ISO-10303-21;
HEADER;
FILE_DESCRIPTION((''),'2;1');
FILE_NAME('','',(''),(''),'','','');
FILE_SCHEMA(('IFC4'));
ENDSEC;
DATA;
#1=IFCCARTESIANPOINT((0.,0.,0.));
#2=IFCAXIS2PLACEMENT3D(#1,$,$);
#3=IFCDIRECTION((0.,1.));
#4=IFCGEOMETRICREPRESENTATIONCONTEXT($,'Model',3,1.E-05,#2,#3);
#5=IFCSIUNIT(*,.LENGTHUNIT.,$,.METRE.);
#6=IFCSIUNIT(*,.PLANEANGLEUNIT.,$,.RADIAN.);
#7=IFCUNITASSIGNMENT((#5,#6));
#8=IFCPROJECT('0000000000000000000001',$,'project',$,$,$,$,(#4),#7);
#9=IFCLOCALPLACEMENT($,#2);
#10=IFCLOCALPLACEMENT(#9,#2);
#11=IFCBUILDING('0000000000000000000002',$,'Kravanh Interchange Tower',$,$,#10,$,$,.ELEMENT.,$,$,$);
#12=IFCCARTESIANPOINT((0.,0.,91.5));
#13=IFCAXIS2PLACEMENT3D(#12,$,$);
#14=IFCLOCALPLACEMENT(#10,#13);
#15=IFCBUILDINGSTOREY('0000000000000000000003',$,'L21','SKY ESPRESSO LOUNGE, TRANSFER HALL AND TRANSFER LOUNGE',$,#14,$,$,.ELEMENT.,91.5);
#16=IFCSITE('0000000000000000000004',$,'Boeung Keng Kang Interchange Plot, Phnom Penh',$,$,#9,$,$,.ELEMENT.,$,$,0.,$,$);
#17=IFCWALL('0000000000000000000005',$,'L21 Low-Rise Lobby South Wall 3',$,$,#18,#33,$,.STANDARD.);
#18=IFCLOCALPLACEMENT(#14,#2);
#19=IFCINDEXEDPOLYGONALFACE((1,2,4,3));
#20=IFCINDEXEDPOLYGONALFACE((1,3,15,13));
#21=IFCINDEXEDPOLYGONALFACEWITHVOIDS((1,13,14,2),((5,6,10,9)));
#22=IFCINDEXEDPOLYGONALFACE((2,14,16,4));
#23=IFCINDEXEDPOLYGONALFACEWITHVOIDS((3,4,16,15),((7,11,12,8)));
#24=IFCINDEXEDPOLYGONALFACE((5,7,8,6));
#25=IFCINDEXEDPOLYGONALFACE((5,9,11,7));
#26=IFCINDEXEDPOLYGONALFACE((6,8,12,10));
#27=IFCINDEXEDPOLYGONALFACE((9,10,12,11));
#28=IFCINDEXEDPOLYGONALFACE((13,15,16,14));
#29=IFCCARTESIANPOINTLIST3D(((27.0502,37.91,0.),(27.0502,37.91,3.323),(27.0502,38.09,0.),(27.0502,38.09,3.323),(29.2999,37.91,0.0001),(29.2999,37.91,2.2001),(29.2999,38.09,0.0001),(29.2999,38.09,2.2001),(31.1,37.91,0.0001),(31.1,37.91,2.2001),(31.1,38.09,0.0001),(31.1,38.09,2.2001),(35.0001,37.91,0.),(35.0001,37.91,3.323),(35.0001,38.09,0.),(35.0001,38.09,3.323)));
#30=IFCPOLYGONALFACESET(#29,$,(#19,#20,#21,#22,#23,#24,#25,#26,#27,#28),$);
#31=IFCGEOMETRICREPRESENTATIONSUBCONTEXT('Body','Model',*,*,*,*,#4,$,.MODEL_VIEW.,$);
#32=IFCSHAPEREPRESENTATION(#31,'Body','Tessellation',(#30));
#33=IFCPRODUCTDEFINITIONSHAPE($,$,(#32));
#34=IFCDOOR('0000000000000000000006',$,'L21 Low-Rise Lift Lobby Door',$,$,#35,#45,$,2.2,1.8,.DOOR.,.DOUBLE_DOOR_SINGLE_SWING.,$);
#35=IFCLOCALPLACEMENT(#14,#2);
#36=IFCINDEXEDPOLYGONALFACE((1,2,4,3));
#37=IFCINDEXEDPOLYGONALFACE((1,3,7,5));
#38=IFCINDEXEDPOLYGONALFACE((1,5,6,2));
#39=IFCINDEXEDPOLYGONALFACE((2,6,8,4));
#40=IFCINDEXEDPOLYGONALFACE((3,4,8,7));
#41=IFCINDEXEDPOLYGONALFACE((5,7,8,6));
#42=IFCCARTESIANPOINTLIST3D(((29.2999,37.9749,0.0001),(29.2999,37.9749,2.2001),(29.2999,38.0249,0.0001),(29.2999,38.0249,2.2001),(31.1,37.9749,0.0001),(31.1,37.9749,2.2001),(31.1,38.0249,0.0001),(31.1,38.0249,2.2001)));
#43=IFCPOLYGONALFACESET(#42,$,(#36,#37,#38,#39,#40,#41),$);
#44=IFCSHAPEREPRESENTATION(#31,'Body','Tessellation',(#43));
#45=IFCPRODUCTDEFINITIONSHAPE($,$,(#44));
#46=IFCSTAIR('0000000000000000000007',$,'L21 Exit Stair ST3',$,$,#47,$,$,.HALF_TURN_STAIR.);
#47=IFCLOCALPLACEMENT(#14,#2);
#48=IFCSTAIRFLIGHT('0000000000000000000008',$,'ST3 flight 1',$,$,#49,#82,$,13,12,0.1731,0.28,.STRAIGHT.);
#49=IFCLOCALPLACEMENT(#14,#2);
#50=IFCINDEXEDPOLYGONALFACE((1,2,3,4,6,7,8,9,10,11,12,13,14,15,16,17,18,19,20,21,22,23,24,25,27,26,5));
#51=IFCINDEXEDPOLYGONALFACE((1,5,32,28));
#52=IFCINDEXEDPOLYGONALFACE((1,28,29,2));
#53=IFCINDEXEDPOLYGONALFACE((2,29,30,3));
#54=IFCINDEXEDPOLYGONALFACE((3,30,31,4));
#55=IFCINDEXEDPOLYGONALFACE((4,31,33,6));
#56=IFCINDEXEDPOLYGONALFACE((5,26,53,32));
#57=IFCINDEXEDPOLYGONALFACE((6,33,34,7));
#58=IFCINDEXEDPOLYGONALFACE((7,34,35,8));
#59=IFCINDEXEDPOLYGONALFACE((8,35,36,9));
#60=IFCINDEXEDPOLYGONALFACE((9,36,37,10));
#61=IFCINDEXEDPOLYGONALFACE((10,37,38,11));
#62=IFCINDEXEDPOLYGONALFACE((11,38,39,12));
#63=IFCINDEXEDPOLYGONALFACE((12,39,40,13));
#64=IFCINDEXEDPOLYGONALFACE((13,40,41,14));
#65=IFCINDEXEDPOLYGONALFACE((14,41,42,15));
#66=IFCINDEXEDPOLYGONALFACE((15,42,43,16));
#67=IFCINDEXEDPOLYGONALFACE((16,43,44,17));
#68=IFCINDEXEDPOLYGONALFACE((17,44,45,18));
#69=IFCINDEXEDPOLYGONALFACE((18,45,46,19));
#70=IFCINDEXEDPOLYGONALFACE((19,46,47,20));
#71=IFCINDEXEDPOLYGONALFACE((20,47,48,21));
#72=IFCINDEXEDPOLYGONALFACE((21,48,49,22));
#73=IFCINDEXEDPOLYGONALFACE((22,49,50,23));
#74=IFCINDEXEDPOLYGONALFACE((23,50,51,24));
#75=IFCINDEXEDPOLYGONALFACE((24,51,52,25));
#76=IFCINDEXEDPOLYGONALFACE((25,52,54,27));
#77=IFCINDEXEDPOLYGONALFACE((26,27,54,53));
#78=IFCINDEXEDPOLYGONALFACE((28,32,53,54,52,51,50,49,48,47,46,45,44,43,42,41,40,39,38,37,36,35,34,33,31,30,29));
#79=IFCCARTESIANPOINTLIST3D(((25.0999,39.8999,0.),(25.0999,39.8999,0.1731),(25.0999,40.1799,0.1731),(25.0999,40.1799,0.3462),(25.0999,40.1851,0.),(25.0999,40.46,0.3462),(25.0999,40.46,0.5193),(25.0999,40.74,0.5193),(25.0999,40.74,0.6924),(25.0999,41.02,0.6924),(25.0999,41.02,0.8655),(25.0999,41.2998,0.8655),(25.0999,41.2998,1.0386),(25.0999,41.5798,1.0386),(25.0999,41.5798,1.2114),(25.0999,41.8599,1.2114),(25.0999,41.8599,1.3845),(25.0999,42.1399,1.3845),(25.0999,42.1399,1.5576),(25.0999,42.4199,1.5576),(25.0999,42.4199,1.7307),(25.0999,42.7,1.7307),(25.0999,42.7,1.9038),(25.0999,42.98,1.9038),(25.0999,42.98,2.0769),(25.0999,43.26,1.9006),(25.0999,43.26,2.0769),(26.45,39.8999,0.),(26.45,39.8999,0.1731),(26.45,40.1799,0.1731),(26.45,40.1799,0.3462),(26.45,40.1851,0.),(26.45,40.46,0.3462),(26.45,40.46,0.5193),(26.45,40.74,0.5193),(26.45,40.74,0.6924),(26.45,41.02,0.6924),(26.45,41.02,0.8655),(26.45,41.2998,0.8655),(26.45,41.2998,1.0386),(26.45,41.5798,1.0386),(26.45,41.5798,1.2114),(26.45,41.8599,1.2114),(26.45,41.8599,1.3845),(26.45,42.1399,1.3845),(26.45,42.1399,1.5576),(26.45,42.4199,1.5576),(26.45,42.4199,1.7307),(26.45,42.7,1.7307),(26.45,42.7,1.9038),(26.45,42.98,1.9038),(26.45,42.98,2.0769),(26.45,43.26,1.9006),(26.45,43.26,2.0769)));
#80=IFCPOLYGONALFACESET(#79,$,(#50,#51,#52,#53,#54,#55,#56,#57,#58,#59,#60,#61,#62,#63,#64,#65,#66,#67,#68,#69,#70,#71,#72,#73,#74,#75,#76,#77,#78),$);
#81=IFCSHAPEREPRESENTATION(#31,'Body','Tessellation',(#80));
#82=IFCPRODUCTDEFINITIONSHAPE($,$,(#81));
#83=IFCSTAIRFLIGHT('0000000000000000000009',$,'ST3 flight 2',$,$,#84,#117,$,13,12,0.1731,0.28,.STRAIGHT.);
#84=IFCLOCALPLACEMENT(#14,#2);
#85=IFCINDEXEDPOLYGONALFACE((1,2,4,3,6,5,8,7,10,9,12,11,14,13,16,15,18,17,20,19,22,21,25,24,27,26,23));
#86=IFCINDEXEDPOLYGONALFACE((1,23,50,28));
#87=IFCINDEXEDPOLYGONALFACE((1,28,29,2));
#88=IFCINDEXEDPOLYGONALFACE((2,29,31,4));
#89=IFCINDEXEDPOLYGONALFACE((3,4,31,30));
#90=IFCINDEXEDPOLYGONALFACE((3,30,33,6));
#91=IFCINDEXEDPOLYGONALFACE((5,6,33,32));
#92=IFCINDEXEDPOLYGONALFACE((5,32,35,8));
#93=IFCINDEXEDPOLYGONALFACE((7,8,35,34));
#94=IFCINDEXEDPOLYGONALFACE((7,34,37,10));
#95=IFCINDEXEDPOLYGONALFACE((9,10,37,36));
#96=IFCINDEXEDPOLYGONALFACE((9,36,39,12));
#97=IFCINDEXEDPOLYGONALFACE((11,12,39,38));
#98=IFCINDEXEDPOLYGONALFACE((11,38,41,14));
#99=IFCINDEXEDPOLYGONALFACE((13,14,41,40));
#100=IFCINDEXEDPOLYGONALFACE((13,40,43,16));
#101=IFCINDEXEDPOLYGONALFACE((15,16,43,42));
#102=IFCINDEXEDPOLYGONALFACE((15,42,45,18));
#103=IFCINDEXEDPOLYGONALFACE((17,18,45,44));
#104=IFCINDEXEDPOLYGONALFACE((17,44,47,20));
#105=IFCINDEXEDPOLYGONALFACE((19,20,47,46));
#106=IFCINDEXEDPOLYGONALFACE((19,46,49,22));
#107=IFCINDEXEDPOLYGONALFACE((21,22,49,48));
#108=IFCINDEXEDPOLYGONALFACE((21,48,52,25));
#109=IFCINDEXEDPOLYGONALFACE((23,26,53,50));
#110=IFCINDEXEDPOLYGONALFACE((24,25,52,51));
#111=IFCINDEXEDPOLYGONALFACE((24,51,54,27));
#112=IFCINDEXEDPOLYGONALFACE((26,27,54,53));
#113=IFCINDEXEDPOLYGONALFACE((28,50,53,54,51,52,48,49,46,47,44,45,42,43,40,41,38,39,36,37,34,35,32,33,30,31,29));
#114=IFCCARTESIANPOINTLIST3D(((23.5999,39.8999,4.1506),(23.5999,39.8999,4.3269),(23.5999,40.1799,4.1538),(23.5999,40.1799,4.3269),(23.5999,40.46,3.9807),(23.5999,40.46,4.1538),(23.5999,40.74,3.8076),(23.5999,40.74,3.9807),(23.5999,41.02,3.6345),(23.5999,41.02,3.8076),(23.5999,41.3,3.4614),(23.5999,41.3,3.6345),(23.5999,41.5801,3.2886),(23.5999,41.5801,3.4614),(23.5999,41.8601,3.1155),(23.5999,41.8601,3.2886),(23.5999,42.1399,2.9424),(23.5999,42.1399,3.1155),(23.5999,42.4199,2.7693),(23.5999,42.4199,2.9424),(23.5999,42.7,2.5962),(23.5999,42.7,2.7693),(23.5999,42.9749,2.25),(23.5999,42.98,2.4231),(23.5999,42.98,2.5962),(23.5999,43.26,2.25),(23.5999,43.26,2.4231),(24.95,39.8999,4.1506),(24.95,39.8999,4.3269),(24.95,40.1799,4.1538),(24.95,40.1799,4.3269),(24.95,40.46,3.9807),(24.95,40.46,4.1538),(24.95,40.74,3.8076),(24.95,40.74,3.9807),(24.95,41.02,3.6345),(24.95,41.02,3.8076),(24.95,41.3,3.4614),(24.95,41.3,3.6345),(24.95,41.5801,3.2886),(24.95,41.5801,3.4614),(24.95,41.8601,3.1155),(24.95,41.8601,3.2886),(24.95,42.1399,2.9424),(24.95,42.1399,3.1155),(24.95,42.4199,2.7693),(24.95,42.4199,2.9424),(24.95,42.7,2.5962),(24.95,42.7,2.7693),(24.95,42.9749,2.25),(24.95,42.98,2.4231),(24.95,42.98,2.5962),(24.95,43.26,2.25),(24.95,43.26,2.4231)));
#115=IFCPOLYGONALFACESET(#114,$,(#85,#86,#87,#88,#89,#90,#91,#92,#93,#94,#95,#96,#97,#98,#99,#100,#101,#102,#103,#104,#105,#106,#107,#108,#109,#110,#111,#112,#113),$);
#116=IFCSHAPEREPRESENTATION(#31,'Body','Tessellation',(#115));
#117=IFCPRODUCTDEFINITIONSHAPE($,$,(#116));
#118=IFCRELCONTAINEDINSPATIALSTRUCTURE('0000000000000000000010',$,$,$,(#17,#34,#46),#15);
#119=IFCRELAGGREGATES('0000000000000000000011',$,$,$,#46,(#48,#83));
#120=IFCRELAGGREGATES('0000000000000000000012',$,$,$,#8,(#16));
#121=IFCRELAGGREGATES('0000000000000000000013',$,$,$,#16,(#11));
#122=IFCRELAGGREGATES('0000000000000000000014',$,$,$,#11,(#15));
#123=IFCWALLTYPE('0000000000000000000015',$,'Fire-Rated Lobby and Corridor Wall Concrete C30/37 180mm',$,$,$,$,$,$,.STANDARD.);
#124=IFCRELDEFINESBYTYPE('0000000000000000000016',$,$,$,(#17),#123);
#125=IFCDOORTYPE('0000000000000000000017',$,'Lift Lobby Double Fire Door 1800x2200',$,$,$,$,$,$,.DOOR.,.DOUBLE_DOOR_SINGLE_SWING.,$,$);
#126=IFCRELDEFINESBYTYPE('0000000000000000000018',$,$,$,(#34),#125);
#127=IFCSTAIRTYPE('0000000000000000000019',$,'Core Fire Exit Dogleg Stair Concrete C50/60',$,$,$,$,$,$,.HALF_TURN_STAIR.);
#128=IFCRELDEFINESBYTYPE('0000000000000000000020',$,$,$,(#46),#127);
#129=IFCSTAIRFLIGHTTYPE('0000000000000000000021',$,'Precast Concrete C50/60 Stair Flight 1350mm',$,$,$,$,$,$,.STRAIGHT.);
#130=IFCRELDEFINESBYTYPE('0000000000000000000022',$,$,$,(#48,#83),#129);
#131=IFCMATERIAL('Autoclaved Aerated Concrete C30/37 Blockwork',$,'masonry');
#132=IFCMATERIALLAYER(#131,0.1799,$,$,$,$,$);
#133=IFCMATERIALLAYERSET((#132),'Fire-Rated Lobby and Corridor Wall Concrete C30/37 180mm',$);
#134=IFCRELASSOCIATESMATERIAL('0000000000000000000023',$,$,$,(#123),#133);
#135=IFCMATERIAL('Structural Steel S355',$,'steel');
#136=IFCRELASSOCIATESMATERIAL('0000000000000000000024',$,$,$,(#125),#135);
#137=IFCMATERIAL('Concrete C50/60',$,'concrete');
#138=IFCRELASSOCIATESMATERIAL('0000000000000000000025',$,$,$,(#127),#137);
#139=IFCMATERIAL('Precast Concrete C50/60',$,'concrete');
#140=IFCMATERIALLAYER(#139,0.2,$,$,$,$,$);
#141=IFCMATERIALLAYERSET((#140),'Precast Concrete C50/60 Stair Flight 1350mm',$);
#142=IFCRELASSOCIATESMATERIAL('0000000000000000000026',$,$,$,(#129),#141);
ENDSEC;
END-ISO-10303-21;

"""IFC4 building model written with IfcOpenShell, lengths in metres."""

from ifc_helpers import new_model, si_unit, direction, frame, frame_2d, origin, place, context, subcontext, project, spatial, polyline, rectangle, outline, extrude, material, layer, layer_set, type_object, element, fill, aggregate, save


model = new_model("IFC4")

# Units and contexts
model_context = context("Model", 3, precision=1e-05, world=origin(), true_north=direction((0.0, 1.0)))
body_context = subcontext(model_context, "Body", "Model", "MODEL_VIEW")
ifc_project = project(units=[si_unit("LENGTHUNIT", "METRE"), si_unit("PLANEANGLEUNIT", "RADIAN")], contexts=[model_context])

# Site, building, storey
site_placement = place(None, origin())
site = spatial("IfcSite", under=ifc_project, at=site_placement, Name="Boeung Keng Kang Interchange Plot, Phnom Penh", CompositionType="ELEMENT", RefElevation=0.0)
building_placement = place(site_placement, origin())
building = spatial("IfcBuilding", under=site, at=building_placement, Name="Kravanh Interchange Tower", CompositionType="ELEMENT")
storey_placement = place(building_placement, frame((0.0, 0.0, 91.5)))
storey = spatial("IfcBuildingStorey", under=building, at=storey_placement, Name="L21", Description="SKY ESPRESSO LOUNGE, TRANSFER HALL AND TRANSFER LOUNGE", CompositionType="ELEMENT", Elevation=91.5)

# Wall, opening, door
ifc_material_1 = material(Name="Autoclaved Aerated Concrete C30/37 Blockwork", Category="masonry")
ifc_layer_1 = layer(ifc_material_1, 0.1799)
ifc_layer_set_1 = layer_set([ifc_layer_1], Name="Fire-Rated Lobby and Corridor Wall Concrete C30/37 180mm")
wall_type_1 = type_object("IfcWallType", Name="Fire-Rated Lobby and Corridor Wall Concrete C30/37 180mm", PredefinedType="STANDARD", material=ifc_layer_set_1)
wall_1_placement = place(storey_placement, frame((27.05, 38.0, 0.0), z_axis=(0.0, 0.0, 1.0), x_axis=(1.0, 0.0, 0.0)))
wall_1 = element("IfcWall", 1, at=wall_1_placement, inside=storey, type_object=wall_type_1, Name="L21 Low-Rise Lobby South Wall 3", PredefinedType="STANDARD", context=body_context, shape_type="SweptSolid", body=[
    extrude(rectangle(XDim=7.95, YDim=0.1799, at=frame_2d((3.9751, 0.0))), origin(), (0.0, 0.0, 1.0), 3.323),
])
opening_1_placement = place(wall_1_placement, frame((2.25, 0.0, 0.0)))
opening_1 = element("IfcOpeningElement", 2, at=opening_1_placement, cuts=wall_1, PredefinedType="OPENING", context=body_context, shape_type="SweptSolid", body=[
    extrude(rectangle(XDim=1.8, YDim=2.2, at=frame_2d((0.8999, 1.1001))), frame((0.0, 0.1001, 0.0), z_axis=(0.0, -1.0, 0.0), x_axis=(1.0, 0.0, 0.0)), (0.0, 0.0, 1.0), 0.2),
])
ifc_material_2 = material(Name="Structural Steel S355", Category="steel")
door_type_1 = type_object("IfcDoorType", Name="Lift Lobby Double Fire Door 1800x2200", OperationType="DOUBLE_DOOR_SINGLE_SWING", PredefinedType="DOOR", material=ifc_material_2)
door_1_placement = place(opening_1_placement, origin())
door_1 = element("IfcDoor", 3, at=door_1_placement, inside=storey, type_object=door_type_1, Name="L21 Low-Rise Lift Lobby Door", OperationType="DOUBLE_DOOR_SINGLE_SWING", OverallHeight=2.2, OverallWidth=1.8, PredefinedType="DOOR", context=body_context, shape_type="SweptSolid", body=[
    extrude(rectangle(XDim=1.8, YDim=2.2, at=frame_2d((0.8999, 1.1001))), frame((0.0, 0.0249, 0.0), z_axis=(0.0, -1.0, 0.0), x_axis=(1.0, 0.0, 0.0)), (0.0, 0.0, 1.0), 0.05),
])
fill(opening_1, door_1)

# Stair, stair flights
ifc_material_3 = material(Name="Concrete C50/60", Category="concrete")
stair_type = type_object("IfcStairType", Name="Core Fire Exit Dogleg Stair Concrete C50/60", PredefinedType="HALF_TURN_STAIR", material=ifc_material_3)
stair_placement = place(storey_placement, origin())
stair = element("IfcStair", 4, at=stair_placement, inside=storey, type_object=stair_type, Name="L21 Exit Stair ST3", PredefinedType="HALF_TURN_STAIR")
ifc_material_4 = material(Name="Precast Concrete C50/60", Category="concrete")
ifc_layer_2 = layer(ifc_material_4, 0.2)
ifc_layer_set_2 = layer_set([ifc_layer_2], Name="Precast Concrete C50/60 Stair Flight 1350mm")
stair_flight_type = type_object("IfcStairFlightType", Name="Precast Concrete C50/60 Stair Flight 1350mm", PredefinedType="STRAIGHT", material=ifc_layer_set_2)
stair_flight_1_placement = place(storey_placement, frame((25.7749, 39.8999, 0.0), z_axis=(0.0, 0.0, 1.0), x_axis=(0.0, 1.0, 0.0)))
stair_flight_1 = element("IfcStairFlight", 5, at=stair_flight_1_placement, type_object=stair_flight_type, Name="ST3 flight 1", NumberOfRisers=13, NumberOfTreads=12, PredefinedType="STRAIGHT", RiserHeight=0.1731, TreadLength=0.28, context=body_context, shape_type="SweptSolid", body=[
    extrude(outline(polyline([(0.0, 0.0), (0.0, 0.1731), (0.28, 0.1731), (0.28, 0.3462), (0.5601, 0.3462), (0.5601, 0.5193), (0.8401, 0.5193), (0.8401, 0.6924), (1.1201, 0.6924), (1.1201, 0.8655), (1.3999, 0.8655), (1.3999, 1.0386), (1.6799, 1.0386), (1.6799, 1.2114), (1.96, 1.2114), (1.96, 1.3845), (2.24, 1.3845), (2.24, 1.5576), (2.52, 1.5576), (2.52, 1.7307), (2.8, 1.7307), (2.8, 1.9038), (3.0801, 1.9038), (3.0801, 2.0769), (3.3601, 2.0769), (3.3601, 2.25), (3.3601, 1.9006), (0.2852, 0.0), (0.0, 0.0)])), frame((0.0, 0.675, 0.0), z_axis=(0.0, -1.0, 0.0), x_axis=(1.0, 0.0, 0.0)), (0.0, 0.0, 1.0), 1.3501),
])
stair_flight_2_placement = place(storey_placement, frame((24.2749, 43.26, 2.25), z_axis=(0.0, 0.0, 1.0), x_axis=(0.0, -1.0, 0.0)))
stair_flight_2 = element("IfcStairFlight", 6, at=stair_flight_2_placement, type_object=stair_flight_type, Name="ST3 flight 2", NumberOfRisers=13, NumberOfTreads=12, PredefinedType="STRAIGHT", RiserHeight=0.1731, TreadLength=0.28, context=body_context, shape_type="SweptSolid", body=[
    extrude(outline(polyline([(0.0, 0.0), (0.0, 0.1731), (0.28, 0.1731), (0.28, 0.3462), (0.5601, 0.3462), (0.5601, 0.5193), (0.8401, 0.5193), (0.8401, 0.6924), (1.1201, 0.6924), (1.1201, 0.8655), (1.3999, 0.8655), (1.3999, 1.0386), (1.6799, 1.0386), (1.6799, 1.2114), (1.96, 1.2114), (1.96, 1.3845), (2.24, 1.3845), (2.24, 1.5576), (2.52, 1.5576), (2.52, 1.7307), (2.8, 1.7307), (2.8, 1.9038), (3.0801, 1.9038), (3.0801, 2.0769), (3.3601, 2.0769), (3.3601, 2.25), (3.3601, 1.9006), (0.2852, 0.0), (0.0, 0.0)])), frame((0.0, 0.675, 0.0), z_axis=(0.0, -1.0, 0.0), x_axis=(1.0, 0.0, 0.0)), (0.0, 0.0, 1.0), 1.3501),
])
aggregate(stair, [stair_flight_1, stair_flight_2])

save(model, "model.ifc")
